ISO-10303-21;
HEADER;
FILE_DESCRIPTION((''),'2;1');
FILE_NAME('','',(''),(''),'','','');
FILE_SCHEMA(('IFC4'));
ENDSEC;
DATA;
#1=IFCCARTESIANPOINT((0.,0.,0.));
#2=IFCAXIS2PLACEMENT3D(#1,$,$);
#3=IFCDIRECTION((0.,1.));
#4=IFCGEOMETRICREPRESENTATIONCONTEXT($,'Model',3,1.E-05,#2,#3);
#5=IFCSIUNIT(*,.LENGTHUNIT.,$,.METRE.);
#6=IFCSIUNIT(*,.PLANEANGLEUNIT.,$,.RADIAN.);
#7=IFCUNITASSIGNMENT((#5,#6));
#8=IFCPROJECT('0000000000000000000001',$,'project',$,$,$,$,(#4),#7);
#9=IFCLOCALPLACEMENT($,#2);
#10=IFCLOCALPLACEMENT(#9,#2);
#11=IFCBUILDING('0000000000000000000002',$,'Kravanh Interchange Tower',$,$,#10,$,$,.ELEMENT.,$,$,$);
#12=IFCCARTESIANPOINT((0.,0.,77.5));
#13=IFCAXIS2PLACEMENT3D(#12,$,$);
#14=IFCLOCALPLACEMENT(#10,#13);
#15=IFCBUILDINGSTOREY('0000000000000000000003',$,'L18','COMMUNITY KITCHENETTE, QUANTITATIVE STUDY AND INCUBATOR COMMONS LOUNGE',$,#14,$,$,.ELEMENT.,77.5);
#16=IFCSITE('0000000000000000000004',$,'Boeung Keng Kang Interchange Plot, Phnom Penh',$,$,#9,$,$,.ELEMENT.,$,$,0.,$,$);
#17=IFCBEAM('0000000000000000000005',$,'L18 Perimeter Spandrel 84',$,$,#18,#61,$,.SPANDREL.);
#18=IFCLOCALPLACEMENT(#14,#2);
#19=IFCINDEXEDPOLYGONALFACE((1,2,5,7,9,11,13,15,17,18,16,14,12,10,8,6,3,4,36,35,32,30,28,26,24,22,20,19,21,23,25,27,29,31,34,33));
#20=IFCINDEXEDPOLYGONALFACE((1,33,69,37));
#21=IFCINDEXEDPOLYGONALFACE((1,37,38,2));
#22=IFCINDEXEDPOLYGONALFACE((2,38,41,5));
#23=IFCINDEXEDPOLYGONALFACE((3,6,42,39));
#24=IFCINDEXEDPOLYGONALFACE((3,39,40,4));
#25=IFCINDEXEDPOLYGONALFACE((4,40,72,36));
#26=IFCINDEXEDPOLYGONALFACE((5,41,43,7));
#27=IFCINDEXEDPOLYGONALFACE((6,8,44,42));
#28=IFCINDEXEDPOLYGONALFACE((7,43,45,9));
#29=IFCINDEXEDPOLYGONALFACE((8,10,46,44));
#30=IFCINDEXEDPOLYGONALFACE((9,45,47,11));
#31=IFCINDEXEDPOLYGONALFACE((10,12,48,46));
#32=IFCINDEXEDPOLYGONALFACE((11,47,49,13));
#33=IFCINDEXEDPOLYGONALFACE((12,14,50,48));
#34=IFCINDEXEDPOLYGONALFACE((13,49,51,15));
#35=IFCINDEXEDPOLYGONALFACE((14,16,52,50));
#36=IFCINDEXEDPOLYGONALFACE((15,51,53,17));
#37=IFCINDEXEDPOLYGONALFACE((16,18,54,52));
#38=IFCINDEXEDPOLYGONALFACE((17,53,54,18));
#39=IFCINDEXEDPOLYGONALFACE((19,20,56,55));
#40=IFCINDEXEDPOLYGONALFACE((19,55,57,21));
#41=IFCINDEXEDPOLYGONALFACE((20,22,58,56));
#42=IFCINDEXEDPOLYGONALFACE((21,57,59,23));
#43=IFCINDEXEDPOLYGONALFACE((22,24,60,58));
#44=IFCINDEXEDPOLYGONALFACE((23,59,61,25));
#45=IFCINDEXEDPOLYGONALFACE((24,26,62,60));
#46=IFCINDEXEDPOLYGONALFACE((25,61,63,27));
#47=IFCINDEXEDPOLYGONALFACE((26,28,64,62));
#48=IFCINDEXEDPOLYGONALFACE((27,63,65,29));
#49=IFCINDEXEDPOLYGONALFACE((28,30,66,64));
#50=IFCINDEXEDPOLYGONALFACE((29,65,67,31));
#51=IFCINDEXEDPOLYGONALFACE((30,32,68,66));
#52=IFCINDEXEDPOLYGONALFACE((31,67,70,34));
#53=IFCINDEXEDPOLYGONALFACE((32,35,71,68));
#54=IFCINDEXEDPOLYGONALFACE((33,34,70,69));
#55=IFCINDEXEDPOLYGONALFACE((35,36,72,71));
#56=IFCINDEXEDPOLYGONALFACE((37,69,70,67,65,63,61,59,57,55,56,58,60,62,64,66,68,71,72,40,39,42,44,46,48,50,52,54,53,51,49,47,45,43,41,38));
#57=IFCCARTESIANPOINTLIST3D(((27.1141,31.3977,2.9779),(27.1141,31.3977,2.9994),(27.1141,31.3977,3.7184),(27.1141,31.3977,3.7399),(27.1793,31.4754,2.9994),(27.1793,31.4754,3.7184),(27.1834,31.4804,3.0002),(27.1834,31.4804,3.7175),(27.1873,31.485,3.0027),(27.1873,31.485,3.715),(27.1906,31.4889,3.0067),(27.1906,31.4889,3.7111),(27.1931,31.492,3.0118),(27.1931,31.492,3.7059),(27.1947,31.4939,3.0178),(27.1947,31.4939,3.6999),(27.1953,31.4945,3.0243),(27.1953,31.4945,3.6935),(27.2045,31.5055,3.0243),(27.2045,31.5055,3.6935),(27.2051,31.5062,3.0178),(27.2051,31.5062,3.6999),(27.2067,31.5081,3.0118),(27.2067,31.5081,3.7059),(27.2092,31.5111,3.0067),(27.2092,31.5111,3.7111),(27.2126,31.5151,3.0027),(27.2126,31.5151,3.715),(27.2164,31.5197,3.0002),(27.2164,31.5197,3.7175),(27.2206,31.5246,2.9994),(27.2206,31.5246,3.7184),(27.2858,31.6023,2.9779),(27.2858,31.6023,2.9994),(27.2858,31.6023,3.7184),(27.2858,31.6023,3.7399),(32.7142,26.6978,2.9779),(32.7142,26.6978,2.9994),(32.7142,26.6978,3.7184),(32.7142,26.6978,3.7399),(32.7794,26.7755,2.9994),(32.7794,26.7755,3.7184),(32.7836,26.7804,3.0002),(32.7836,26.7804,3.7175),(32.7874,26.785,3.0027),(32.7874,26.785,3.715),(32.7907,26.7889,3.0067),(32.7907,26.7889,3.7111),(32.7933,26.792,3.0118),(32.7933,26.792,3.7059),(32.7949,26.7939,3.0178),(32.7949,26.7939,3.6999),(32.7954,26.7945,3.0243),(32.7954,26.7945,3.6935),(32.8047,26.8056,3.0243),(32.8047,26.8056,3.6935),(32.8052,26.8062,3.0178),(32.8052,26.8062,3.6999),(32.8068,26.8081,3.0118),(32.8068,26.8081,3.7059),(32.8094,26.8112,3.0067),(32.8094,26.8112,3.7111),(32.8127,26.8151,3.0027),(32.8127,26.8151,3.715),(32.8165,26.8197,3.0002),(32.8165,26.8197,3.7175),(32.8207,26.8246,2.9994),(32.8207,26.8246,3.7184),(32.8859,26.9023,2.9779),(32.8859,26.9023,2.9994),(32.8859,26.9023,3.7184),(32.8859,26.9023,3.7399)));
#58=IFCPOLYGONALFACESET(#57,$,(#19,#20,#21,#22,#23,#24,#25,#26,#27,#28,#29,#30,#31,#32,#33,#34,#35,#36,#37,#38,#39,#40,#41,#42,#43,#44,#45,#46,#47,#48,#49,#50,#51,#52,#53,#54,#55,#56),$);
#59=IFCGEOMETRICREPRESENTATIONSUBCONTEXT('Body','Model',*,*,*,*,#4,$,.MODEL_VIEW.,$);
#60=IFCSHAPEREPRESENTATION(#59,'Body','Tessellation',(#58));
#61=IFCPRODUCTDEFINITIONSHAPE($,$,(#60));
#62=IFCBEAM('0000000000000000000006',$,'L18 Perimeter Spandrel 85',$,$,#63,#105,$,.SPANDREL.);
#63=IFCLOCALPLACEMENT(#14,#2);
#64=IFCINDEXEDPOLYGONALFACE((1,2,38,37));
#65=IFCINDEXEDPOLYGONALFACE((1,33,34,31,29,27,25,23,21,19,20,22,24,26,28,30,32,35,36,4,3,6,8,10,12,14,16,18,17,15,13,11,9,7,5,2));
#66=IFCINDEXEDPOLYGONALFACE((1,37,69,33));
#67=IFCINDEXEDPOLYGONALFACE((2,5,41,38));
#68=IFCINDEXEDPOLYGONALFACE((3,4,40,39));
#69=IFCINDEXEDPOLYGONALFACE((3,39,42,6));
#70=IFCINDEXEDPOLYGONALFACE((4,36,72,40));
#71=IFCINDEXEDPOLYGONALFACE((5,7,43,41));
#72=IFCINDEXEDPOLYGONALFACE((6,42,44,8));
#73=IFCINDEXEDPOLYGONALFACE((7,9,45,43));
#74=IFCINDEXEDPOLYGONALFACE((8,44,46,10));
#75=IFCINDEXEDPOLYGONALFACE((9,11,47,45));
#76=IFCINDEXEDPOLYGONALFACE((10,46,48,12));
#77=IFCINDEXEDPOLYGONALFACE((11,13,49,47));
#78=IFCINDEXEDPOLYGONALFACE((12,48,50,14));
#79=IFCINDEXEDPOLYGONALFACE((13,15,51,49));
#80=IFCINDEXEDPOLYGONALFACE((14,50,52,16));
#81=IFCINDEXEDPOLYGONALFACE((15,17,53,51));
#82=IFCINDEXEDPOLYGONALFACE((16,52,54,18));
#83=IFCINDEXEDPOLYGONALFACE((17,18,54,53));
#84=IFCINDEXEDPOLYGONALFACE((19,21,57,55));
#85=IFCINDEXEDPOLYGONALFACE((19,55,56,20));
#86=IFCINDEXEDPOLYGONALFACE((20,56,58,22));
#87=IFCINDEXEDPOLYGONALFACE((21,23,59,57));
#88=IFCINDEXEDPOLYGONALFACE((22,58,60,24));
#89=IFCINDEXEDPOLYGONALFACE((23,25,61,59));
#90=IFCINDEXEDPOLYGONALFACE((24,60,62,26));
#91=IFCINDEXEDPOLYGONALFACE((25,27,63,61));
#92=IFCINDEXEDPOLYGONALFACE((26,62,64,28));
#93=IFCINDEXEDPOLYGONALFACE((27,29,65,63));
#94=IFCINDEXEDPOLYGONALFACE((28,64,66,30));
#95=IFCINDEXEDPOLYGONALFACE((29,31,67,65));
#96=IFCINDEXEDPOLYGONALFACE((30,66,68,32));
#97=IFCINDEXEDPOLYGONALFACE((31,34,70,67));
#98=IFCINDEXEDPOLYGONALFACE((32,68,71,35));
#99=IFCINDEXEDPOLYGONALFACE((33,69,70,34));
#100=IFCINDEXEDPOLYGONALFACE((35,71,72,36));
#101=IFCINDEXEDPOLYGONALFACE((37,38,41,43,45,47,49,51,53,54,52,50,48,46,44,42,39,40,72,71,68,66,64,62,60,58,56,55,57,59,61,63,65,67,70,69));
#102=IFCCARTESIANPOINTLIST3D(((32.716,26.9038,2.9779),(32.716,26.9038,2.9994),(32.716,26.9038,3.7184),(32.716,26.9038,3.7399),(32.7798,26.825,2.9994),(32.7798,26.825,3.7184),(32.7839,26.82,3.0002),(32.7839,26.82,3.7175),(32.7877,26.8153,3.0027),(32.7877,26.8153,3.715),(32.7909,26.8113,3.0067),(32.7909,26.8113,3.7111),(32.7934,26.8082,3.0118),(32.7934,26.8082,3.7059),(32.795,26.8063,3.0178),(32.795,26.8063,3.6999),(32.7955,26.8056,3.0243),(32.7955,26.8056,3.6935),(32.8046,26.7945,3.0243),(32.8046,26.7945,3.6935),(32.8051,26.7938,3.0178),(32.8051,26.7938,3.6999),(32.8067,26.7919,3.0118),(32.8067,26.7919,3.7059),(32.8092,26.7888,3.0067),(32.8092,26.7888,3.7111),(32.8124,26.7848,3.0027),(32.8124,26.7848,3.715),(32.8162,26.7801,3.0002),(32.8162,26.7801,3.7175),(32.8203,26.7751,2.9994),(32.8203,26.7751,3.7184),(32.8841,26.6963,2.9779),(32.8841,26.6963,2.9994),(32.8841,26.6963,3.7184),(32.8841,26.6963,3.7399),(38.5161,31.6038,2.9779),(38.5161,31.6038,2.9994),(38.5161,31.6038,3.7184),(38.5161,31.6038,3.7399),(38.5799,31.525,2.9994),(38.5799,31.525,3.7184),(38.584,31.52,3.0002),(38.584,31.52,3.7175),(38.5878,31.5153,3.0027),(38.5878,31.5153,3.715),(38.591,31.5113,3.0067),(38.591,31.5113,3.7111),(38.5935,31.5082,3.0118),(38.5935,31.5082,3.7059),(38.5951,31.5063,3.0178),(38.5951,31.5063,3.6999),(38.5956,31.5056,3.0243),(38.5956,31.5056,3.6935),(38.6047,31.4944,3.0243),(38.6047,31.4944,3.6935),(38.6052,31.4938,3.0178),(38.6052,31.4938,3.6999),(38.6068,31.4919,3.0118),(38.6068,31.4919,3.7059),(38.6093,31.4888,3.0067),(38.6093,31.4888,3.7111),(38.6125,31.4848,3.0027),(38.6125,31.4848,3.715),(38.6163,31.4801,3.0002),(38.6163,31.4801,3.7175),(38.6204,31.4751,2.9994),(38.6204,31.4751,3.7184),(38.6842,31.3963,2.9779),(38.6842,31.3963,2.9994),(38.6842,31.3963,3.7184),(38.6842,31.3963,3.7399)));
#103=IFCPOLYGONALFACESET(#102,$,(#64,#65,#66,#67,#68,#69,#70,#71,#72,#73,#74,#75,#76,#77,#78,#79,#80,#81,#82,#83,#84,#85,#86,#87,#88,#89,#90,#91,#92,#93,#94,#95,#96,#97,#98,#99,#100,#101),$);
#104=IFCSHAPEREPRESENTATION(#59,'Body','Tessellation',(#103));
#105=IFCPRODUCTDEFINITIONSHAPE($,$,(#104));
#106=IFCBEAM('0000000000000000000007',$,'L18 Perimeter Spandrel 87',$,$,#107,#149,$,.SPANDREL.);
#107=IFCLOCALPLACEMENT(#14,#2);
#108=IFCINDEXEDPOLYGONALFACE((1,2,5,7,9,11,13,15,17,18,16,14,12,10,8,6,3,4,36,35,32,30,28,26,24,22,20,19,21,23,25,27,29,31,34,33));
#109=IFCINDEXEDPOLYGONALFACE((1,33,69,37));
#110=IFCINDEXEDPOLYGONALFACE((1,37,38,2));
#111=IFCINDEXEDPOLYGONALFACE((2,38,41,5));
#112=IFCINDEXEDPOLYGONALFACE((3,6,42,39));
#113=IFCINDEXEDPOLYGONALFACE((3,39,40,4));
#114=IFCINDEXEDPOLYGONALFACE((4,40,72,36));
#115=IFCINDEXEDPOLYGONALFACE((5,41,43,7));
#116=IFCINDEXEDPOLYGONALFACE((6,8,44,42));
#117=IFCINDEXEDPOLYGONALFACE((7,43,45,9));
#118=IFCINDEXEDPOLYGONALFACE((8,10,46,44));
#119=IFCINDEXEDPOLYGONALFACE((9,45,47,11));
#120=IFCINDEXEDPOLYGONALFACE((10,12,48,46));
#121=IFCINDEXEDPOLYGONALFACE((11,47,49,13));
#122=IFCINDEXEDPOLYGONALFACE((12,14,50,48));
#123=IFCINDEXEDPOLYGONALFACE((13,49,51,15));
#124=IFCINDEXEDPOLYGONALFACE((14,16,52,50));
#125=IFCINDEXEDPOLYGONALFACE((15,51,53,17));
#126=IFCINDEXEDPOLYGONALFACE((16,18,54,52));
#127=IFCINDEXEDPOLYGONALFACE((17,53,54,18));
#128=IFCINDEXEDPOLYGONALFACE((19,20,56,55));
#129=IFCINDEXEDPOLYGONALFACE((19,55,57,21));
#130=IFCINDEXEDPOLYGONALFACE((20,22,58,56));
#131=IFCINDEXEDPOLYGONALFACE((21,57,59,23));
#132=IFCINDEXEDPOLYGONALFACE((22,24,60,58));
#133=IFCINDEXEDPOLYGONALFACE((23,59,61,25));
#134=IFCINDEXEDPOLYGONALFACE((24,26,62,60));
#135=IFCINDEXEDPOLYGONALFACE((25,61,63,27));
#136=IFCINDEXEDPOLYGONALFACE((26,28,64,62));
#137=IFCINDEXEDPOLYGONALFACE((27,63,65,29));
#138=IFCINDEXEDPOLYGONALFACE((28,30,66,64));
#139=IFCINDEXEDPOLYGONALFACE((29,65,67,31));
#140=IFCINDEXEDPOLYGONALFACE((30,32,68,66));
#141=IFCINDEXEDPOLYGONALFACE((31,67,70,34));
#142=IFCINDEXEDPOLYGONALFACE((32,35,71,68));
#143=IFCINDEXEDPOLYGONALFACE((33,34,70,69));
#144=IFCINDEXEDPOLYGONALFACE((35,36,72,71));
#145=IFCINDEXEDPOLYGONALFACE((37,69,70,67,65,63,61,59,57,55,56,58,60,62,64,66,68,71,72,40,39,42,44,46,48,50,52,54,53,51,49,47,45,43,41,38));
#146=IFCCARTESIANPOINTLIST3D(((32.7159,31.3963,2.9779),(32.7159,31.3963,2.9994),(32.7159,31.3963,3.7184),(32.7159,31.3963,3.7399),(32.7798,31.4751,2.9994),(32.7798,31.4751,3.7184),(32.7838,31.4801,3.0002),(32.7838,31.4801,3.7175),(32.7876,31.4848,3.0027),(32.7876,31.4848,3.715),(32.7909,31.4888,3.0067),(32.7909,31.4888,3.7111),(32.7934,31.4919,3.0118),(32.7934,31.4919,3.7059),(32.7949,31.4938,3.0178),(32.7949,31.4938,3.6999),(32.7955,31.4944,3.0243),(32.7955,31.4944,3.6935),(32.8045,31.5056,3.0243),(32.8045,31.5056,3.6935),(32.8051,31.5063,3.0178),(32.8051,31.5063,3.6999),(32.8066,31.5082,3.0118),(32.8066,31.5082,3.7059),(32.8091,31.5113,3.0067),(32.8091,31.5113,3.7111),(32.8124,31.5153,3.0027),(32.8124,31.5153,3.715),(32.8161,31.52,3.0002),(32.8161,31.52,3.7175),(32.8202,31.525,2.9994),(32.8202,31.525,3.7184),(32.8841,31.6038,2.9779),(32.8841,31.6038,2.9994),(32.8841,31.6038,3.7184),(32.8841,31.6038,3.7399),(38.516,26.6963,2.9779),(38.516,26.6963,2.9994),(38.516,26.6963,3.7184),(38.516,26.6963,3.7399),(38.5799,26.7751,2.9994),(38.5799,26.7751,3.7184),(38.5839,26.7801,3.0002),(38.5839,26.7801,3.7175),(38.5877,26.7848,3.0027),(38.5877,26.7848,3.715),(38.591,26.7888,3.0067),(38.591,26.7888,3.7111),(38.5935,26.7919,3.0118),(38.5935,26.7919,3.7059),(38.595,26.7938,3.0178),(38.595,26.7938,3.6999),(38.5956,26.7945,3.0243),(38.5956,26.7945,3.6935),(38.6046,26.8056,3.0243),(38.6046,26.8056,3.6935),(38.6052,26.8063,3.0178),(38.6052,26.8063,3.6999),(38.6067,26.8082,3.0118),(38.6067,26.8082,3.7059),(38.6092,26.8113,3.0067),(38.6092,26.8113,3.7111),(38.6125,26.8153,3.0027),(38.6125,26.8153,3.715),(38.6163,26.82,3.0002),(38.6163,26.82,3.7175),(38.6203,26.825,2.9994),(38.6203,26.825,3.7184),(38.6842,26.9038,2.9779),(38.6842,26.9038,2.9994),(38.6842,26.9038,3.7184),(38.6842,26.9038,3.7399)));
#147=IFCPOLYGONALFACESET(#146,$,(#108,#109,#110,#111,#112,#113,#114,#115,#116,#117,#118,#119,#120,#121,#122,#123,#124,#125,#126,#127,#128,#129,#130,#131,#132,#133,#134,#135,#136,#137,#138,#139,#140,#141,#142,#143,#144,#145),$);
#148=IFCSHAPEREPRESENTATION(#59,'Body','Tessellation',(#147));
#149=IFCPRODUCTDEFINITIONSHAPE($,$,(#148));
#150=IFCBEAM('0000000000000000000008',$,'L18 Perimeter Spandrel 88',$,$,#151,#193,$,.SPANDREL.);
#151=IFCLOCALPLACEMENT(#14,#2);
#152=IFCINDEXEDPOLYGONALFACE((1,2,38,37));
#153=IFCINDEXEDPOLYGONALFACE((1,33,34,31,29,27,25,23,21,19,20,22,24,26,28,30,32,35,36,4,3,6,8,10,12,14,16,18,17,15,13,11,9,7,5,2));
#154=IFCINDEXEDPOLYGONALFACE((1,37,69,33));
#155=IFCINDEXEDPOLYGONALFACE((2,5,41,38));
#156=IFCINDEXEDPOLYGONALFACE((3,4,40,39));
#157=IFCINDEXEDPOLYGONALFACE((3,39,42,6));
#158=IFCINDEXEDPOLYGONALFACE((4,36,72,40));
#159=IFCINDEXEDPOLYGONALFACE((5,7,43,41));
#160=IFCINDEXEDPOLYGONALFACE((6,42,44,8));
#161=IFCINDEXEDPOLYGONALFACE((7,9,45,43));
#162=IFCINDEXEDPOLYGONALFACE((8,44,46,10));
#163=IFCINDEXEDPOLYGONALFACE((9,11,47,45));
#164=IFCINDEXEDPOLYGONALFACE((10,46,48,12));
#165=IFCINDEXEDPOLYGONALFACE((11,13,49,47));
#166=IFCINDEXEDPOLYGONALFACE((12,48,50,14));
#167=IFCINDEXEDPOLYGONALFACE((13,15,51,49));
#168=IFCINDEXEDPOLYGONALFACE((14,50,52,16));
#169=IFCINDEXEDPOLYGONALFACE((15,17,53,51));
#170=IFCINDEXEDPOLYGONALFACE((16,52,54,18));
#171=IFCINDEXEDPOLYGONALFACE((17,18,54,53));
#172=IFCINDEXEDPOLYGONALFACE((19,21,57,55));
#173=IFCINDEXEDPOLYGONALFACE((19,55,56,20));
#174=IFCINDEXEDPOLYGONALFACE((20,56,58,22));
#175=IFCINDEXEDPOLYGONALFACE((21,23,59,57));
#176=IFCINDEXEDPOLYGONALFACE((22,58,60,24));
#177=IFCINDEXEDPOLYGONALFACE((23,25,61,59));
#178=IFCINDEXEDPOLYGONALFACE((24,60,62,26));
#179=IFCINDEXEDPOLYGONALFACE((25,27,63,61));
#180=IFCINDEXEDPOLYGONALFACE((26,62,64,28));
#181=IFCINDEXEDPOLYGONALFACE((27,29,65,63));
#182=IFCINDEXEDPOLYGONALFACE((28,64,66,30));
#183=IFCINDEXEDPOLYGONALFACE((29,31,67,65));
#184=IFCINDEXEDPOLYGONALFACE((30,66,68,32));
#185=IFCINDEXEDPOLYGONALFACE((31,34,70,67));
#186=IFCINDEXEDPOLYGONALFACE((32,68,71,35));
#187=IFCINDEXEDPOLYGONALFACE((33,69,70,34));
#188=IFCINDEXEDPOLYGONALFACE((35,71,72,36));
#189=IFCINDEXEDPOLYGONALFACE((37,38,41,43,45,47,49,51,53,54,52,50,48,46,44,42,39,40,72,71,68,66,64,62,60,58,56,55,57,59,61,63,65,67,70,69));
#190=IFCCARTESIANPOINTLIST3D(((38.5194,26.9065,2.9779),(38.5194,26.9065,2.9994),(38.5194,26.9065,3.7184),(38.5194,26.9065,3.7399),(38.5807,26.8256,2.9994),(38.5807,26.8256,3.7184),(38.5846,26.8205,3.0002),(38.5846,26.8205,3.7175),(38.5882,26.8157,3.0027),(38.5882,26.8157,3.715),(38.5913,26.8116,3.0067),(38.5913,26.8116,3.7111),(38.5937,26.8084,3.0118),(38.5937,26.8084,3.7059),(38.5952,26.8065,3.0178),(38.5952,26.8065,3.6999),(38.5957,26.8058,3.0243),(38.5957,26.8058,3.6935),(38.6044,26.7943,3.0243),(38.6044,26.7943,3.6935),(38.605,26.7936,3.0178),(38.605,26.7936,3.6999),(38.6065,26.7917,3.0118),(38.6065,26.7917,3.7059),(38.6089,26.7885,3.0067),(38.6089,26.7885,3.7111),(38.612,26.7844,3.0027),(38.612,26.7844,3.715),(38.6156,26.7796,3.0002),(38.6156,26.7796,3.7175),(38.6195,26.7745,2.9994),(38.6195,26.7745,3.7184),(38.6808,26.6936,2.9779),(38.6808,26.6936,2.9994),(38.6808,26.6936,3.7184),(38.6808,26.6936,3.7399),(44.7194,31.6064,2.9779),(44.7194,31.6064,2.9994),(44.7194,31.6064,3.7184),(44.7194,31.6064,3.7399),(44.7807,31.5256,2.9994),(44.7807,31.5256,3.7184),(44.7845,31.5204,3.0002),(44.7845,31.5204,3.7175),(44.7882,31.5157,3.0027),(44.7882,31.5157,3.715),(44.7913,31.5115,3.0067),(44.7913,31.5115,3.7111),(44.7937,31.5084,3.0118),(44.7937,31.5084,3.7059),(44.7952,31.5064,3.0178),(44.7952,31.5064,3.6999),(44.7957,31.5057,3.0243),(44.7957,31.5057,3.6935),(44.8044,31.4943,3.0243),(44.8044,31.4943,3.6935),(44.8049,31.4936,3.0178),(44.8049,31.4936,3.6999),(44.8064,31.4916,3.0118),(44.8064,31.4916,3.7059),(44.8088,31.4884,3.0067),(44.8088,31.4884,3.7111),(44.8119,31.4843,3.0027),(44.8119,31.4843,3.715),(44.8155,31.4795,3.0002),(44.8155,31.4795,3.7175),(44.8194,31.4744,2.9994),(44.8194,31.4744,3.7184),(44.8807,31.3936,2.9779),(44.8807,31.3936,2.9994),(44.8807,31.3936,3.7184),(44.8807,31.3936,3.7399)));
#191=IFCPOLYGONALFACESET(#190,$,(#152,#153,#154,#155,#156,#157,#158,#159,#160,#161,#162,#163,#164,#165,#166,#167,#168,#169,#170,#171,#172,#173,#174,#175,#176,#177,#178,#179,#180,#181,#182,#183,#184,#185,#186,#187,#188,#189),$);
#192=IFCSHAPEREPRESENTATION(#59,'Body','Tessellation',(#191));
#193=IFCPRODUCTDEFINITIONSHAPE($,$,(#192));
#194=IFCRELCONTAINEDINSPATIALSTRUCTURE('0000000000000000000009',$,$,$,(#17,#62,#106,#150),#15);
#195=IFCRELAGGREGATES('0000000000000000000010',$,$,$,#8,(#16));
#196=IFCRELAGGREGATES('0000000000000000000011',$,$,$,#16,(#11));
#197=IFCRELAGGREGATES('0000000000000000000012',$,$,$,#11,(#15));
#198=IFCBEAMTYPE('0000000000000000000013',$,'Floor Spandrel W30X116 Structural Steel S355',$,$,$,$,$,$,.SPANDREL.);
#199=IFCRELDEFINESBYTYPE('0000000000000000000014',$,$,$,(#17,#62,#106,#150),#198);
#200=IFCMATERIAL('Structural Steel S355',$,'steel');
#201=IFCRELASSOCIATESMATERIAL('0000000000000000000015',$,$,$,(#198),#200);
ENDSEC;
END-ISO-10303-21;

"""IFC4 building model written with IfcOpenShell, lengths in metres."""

from ifc_helpers import new_model, si_unit, direction, frame, origin, origin_2d, place, context, subcontext, project, spatial, i_section, extrude, material, material_profile, profile_set, type_object, element, save


model = new_model("IFC4")

# Units and contexts
model_context = context("Model", 3, precision=1e-05, world=origin(), true_north=direction((0.0, 1.0)))
body_context = subcontext(model_context, "Body", "Model", "MODEL_VIEW")
ifc_project = project(units=[si_unit("LENGTHUNIT", "METRE"), si_unit("PLANEANGLEUNIT", "RADIAN")], contexts=[model_context])

# Site, building, storey
site_placement = place(None, origin())
site = spatial("IfcSite", under=ifc_project, at=site_placement, Name="Boeung Keng Kang Interchange Plot, Phnom Penh", CompositionType="ELEMENT", RefElevation=0.0)
building_placement = place(site_placement, origin())
building = spatial("IfcBuilding", under=site, at=building_placement, Name="Kravanh Interchange Tower", CompositionType="ELEMENT")
storey_placement = place(building_placement, frame((0.0, 0.0, 77.5)))
storey = spatial("IfcBuildingStorey", under=building, at=storey_placement, Name="L18", Description="COMMUNITY KITCHENETTE, QUANTITATIVE STUDY AND INCUBATOR COMMONS LOUNGE", CompositionType="ELEMENT", Elevation=77.5)

# Beams
ifc_material_1 = material(Name="Structural Steel S355", Category="steel")
ifc_material_profile_1 = material_profile(ifc_material_1, i_section(OverallWidth=0.2671, OverallDepth=0.762, WebThickness=0.0144, FlangeThickness=0.0215, FilletRadius=0.0249, at=origin_2d()), Name="W30X116")
ifc_profile_set_1 = profile_set([ifc_material_profile_1], Name="Structural Steel S355")
beam_type_1 = type_object("IfcBeamType", Name="Floor Spandrel W30X116 Structural Steel S355", PredefinedType="SPANDREL", material=ifc_profile_set_1)
beam_1_placement = place(storey_placement, frame((32.8, 26.8, 3.3589), z_axis=(-0.765983, 0.642861, 0.0), x_axis=(-0.642861, -0.765983, 0.0)))
element("IfcBeam", 1, at=beam_1_placement, inside=storey, type_object=beam_type_1, Name="L18 Perimeter Spandrel 84", PredefinedType="SPANDREL", context=body_context, shape_type="SweptSolid", body=[
    extrude(i_section(OverallWidth=0.2671, OverallDepth=0.762, WebThickness=0.0144, FlangeThickness=0.0215, FilletRadius=0.0249, at=origin_2d()), origin(), (0.0, 0.0, 1.0), 7.311),
])
for number, where, z_axis, x_axis, name in (
    (2, (32.8, 26.8, 3.3589), (0.776939, 0.629576, 0.0), (-0.629576, 0.776939, 0.0), "L18 Perimeter Spandrel 85"),
    (3, (38.6001, 26.8, 3.3589), (-0.776939, 0.629576, 0.0), (-0.629576, -0.776939, 0.0), "L18 Perimeter Spandrel 87"),
):
    element("IfcBeam", number, at=place(storey_placement, frame(where, z_axis=z_axis, x_axis=x_axis)), inside=storey, type_object=beam_type_1, Name=name, PredefinedType="SPANDREL", context=body_context, shape_type="SweptSolid", body=[
        extrude(i_section(OverallWidth=0.2671, OverallDepth=0.762, WebThickness=0.0144, FlangeThickness=0.0215, FilletRadius=0.0249, at=origin_2d()), origin(), (0.0, 0.0, 1.0), 7.4653),
    ])
beam_2_placement = place(storey_placement, frame((38.6001, 26.8, 3.3589), z_axis=(0.796905, 0.604104, 0.0), x_axis=(-0.604104, 0.796905, 0.0)))
element("IfcBeam", 4, at=beam_2_placement, inside=storey, type_object=beam_type_1, Name="L18 Perimeter Spandrel 88", PredefinedType="SPANDREL", context=body_context, shape_type="SweptSolid", body=[
    extrude(i_section(OverallWidth=0.2671, OverallDepth=0.762, WebThickness=0.0144, FlangeThickness=0.0215, FilletRadius=0.0249, at=origin_2d()), origin(), (0.0, 0.0, 1.0), 7.78),
])

save(model, "model.ifc")
